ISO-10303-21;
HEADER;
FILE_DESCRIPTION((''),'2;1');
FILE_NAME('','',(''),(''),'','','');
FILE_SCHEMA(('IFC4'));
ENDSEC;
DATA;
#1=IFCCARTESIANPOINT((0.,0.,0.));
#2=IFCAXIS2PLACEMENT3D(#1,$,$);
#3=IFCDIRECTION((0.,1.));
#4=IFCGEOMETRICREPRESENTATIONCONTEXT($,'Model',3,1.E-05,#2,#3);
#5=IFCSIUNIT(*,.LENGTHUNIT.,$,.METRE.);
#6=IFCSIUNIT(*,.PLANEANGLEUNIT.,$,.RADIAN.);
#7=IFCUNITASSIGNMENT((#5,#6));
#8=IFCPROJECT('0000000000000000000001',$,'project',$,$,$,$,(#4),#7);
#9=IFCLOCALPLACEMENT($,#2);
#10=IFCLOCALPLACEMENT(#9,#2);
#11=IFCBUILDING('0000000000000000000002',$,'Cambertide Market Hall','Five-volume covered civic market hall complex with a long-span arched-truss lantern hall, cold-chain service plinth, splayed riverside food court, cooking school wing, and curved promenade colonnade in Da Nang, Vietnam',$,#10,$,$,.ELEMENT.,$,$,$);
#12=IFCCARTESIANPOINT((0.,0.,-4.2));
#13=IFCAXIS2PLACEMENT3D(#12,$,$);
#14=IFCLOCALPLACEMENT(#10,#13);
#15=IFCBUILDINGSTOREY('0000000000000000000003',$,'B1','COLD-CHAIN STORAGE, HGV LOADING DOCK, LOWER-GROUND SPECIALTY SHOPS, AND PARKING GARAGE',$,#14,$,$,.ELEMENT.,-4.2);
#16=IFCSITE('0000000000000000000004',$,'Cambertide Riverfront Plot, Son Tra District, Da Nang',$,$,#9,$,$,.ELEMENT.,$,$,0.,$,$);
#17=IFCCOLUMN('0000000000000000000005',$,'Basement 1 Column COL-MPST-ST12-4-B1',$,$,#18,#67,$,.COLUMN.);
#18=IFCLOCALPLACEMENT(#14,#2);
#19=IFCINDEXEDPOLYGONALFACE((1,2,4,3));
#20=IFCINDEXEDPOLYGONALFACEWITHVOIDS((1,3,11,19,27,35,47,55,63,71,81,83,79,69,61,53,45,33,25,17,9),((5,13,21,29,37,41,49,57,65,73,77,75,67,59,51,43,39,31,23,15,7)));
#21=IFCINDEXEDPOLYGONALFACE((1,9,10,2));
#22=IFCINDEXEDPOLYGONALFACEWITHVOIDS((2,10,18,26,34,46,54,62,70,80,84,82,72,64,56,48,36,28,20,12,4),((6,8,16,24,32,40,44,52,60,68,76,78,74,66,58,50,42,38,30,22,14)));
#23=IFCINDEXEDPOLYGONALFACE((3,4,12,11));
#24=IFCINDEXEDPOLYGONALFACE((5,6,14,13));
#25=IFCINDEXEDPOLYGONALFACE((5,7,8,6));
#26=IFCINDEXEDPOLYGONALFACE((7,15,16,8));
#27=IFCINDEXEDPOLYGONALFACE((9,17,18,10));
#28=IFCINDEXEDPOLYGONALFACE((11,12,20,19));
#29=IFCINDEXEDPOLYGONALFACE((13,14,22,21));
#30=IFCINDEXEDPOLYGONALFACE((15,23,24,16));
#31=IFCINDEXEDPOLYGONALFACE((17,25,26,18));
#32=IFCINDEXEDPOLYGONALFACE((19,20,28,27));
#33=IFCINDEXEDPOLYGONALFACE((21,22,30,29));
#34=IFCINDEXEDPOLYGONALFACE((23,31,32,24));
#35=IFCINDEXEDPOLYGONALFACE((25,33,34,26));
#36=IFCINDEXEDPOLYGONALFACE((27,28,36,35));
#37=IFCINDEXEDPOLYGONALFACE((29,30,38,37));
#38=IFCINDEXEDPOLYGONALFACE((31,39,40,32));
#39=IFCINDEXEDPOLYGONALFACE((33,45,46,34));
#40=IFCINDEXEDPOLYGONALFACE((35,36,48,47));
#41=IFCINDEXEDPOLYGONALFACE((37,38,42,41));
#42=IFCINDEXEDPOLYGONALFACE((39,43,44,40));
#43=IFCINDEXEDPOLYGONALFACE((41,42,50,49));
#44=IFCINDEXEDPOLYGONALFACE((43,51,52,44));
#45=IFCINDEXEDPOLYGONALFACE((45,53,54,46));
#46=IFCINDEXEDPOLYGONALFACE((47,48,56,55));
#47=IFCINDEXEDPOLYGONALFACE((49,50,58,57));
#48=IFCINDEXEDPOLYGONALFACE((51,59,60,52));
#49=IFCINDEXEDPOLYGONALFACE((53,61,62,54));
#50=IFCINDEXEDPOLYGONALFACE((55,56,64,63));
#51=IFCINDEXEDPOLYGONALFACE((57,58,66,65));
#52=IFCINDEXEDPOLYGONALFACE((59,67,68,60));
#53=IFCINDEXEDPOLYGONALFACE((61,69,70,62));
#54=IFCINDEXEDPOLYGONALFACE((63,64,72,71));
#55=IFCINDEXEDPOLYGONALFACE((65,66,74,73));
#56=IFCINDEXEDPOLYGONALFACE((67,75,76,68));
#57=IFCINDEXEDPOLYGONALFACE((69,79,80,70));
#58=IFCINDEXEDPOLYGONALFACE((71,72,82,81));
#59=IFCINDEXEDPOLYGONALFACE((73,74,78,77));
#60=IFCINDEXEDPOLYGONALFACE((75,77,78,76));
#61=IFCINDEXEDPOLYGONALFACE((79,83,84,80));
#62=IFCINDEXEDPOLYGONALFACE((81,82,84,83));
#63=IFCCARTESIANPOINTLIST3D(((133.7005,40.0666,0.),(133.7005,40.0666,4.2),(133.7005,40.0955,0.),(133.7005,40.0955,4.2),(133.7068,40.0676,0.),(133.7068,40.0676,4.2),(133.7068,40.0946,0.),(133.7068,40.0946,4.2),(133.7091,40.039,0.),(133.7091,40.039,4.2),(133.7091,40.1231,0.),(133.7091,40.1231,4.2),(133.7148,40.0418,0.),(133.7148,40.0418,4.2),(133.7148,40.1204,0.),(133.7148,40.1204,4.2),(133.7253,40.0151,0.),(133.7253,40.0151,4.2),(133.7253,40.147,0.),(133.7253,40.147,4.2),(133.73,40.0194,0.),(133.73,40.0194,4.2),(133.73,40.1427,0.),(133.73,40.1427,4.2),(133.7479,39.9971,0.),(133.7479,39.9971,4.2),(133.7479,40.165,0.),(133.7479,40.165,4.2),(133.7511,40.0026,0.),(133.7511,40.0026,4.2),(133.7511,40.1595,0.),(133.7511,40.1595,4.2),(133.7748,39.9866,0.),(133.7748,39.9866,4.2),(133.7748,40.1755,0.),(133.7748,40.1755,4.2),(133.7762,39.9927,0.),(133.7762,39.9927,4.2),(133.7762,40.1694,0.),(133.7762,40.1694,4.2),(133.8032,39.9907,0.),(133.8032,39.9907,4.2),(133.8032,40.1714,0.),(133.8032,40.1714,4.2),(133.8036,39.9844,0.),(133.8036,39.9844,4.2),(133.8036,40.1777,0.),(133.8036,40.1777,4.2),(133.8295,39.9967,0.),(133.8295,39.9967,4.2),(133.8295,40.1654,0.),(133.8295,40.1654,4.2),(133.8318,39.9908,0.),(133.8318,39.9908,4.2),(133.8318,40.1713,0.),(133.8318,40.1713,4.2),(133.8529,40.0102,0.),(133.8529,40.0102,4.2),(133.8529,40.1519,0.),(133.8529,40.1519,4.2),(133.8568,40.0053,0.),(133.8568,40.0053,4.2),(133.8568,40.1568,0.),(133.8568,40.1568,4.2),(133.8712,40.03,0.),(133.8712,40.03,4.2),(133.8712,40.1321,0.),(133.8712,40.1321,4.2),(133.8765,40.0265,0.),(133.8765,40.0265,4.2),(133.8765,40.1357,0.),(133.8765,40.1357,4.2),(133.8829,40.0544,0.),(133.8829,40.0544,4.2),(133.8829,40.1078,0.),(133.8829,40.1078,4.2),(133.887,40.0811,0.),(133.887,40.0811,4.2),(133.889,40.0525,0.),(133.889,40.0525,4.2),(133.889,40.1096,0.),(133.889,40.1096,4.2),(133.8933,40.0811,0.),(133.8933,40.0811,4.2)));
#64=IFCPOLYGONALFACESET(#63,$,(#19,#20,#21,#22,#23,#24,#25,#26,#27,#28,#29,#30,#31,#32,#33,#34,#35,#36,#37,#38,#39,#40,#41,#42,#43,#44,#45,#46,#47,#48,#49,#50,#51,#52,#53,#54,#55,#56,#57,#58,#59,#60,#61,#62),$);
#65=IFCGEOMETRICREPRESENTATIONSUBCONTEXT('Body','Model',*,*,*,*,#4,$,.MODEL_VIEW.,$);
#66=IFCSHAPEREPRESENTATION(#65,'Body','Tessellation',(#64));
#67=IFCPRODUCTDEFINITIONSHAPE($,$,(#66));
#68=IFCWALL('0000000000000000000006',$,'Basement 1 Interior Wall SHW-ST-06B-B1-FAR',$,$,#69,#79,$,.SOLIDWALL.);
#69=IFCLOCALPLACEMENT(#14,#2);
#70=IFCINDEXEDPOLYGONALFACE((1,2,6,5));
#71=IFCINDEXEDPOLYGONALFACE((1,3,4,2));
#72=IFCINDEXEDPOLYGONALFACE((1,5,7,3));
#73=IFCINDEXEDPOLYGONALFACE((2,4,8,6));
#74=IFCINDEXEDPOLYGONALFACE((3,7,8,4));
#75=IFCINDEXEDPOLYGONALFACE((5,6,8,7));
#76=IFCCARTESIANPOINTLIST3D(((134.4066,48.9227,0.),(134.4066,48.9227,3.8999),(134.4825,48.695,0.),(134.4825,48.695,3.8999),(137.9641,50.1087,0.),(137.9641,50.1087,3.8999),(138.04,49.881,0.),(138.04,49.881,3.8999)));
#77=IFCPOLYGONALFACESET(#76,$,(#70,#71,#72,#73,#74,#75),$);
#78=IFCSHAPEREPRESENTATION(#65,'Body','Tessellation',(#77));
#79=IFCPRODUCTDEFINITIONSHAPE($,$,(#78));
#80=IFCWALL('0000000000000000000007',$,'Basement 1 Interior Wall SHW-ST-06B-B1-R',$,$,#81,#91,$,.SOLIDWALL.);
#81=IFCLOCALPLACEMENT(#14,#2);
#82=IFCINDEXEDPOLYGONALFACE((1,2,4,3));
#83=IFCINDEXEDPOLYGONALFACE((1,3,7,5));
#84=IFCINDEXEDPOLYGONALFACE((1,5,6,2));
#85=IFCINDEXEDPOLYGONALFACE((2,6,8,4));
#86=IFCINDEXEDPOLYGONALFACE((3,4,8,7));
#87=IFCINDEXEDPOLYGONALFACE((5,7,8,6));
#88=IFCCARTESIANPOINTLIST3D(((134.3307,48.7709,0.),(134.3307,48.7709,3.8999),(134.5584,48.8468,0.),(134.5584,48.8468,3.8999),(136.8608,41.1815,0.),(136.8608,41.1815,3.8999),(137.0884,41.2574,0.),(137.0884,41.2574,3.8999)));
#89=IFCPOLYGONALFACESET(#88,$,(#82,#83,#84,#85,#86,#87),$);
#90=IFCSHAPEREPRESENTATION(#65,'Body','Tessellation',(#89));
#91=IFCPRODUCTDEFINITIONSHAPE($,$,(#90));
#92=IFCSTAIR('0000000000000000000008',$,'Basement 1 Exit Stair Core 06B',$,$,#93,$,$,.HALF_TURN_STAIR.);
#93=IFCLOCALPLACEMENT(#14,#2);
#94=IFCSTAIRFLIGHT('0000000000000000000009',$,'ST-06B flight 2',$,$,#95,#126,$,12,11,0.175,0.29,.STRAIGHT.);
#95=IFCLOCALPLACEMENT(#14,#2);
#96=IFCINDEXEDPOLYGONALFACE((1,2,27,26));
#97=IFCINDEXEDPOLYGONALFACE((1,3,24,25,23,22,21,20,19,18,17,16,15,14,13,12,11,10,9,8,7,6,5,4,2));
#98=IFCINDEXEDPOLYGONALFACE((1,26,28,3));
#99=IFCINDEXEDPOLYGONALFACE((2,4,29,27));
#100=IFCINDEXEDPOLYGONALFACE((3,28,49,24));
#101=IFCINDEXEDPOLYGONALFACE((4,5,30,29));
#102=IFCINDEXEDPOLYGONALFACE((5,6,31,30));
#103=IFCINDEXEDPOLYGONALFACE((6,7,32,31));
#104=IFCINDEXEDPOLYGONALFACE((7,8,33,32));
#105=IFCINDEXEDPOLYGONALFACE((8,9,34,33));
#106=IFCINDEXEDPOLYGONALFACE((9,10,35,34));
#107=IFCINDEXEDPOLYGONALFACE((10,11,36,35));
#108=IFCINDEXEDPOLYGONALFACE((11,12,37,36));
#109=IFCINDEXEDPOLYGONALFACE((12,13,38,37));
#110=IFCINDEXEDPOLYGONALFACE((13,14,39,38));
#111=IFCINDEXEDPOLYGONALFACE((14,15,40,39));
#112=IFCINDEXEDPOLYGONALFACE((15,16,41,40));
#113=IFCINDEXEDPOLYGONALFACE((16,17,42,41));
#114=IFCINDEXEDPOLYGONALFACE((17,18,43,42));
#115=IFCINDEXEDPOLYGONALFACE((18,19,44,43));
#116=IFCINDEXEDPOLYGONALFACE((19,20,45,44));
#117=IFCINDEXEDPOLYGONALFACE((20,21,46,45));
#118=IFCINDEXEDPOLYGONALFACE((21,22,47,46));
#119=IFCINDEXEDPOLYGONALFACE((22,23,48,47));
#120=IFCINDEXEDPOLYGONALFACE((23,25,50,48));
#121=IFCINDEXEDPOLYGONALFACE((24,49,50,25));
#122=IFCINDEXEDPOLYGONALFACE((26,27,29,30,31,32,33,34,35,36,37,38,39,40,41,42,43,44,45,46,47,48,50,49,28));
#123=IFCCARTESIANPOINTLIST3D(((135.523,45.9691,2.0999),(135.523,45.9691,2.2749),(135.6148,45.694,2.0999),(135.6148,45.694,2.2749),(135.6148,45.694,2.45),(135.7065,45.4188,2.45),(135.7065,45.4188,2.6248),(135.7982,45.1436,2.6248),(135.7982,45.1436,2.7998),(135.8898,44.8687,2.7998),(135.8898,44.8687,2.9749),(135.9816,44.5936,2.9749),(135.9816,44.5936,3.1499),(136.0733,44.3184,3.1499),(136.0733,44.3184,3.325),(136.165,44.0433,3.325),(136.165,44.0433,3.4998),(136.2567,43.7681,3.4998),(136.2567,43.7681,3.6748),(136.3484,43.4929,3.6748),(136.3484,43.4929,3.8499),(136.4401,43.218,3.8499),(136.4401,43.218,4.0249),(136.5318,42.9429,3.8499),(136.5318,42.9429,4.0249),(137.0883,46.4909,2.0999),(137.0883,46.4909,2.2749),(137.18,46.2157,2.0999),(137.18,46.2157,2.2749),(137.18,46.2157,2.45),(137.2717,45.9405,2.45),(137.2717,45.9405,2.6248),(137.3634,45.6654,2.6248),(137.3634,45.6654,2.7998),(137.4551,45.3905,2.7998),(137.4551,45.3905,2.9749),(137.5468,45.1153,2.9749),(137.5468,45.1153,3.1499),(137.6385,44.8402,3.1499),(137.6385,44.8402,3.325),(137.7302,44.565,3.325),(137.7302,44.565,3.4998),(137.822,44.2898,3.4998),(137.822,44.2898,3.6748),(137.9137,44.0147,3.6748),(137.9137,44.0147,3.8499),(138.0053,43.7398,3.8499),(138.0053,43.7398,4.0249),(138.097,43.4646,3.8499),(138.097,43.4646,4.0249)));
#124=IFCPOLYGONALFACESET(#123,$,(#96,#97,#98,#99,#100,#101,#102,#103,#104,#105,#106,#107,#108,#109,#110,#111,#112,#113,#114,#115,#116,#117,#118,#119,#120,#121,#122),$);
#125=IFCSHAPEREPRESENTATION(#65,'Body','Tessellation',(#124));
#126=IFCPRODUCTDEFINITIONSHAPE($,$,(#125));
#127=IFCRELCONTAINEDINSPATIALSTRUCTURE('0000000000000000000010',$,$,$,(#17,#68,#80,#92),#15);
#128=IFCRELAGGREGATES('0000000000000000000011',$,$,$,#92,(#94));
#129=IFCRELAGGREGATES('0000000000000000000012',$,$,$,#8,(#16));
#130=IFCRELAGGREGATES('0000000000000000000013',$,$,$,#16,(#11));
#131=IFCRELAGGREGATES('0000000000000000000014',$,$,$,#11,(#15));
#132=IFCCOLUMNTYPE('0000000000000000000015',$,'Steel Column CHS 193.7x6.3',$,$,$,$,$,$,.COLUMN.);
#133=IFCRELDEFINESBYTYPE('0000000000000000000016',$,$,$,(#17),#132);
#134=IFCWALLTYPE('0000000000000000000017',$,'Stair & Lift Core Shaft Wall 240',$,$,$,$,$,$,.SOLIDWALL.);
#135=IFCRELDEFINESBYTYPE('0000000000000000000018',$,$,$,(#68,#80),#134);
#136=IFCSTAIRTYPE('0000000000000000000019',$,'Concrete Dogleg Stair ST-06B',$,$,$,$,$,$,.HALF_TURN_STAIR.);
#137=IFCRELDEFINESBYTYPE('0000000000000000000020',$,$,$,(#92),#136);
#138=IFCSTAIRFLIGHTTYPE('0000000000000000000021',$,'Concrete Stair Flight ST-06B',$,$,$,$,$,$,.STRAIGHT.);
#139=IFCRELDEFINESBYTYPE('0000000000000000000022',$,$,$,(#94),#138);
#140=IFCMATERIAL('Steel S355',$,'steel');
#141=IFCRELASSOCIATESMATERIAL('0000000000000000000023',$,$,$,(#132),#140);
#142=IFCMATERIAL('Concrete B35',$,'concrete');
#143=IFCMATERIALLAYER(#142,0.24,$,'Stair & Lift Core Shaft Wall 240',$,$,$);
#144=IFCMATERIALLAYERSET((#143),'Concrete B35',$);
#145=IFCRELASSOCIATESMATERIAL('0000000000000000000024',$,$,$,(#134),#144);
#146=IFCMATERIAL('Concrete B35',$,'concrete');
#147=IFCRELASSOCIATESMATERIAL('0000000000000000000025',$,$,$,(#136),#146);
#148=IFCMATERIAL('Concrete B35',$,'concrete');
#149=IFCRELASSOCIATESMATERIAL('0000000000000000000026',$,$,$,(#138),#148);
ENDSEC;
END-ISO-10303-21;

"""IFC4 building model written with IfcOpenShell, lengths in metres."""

from ifc_helpers import new_model, si_unit, direction, frame, frame_2d, origin, origin_2d, place, context, subcontext, project, spatial, polyline, rectangle, hollow_circle, outline, extrude, material, layer, layer_set, material_profile, profile_set, type_object, element, aggregate, save


model = new_model("IFC4")

# Units and contexts
model_context = context("Model", 3, precision=1e-05, world=origin(), true_north=direction((0.0, 1.0)))
body_context = subcontext(model_context, "Body", "Model", "MODEL_VIEW")
ifc_project = project(units=[si_unit("LENGTHUNIT", "METRE"), si_unit("PLANEANGLEUNIT", "RADIAN")], contexts=[model_context])

# Site, building, storey
site_placement = place(None, origin())
site = spatial("IfcSite", under=ifc_project, at=site_placement, Name="Cambertide Riverfront Plot, Son Tra District, Da Nang", CompositionType="ELEMENT", RefElevation=0.0)
building_placement = place(site_placement, origin())
building = spatial("IfcBuilding", under=site, at=building_placement, Name="Cambertide Market Hall", Description="Five-volume covered civic market hall complex with a long-span arched-truss lantern hall, cold-chain service plinth, splayed riverside food court, cooking school wing, and curved promenade colonnade in Da Nang, Vietnam", CompositionType="ELEMENT")
storey_placement = place(building_placement, frame((0.0, 0.0, -4.2)))
storey = spatial("IfcBuildingStorey", under=building, at=storey_placement, Name="B1", Description="COLD-CHAIN STORAGE, HGV LOADING DOCK, LOWER-GROUND SPECIALTY SHOPS, AND PARKING GARAGE", CompositionType="ELEMENT", Elevation=-4.2)

# Column
ifc_material_1 = material(Name="Steel S355", Category="steel")
ifc_material_profile_1 = material_profile(ifc_material_1, hollow_circle(Radius=0.0969, WallThickness=0.0063, at=origin_2d()), Name="CHS 193.7x6.3")
ifc_profile_set_1 = profile_set([ifc_material_profile_1], Name="Steel S355")
column_type_1 = type_object("IfcColumnType", Name="Steel Column CHS 193.7x6.3", PredefinedType="COLUMN", material=ifc_profile_set_1)
for number, where, z_axis, x_axis, name in (
    (1, (133.7964, 40.0811, 0.0), (0.0, 0.0, 1.0), (1.0, 0.0, 0.0), "Basement 1 Column COL-MPST-ST12-4-B1"),
):
    element("IfcColumn", number, at=place(storey_placement, frame(where, z_axis=z_axis, x_axis=x_axis)), inside=storey, type_object=column_type_1, Name=name, PredefinedType="COLUMN", context=body_context, shape_type="SweptSolid", body=[
        extrude(hollow_circle(Radius=0.0969, WallThickness=0.0063, at=origin_2d()), origin(), (0.0, 0.0, 1.0), 4.2),
    ])

# Walls
ifc_material_2 = material(Name="Concrete B35", Category="concrete")
ifc_layer = layer(ifc_material_2, 0.24, Name="Stair & Lift Core Shaft Wall 240")
ifc_layer_set = layer_set([ifc_layer], Name="Concrete B35")
wall_type = type_object("IfcWallType", Name="Stair & Lift Core Shaft Wall 240", PredefinedType="SOLIDWALL", material=ifc_layer_set)
wall_1_placement = place(storey_placement, frame((134.4446, 48.8088, 0.0), z_axis=(0.0, 0.0, 1.0), x_axis=(0.94867, 0.316267, 0.0)))
element("IfcWall", 2, at=wall_1_placement, inside=storey, type_object=wall_type, Name="Basement 1 Interior Wall SHW-ST-06B-B1-FAR", PredefinedType="SOLIDWALL", context=body_context, shape_type="SweptSolid", body=[
    extrude(rectangle(XDim=3.75, YDim=0.24, at=frame_2d((1.875, 0.0))), origin(), (0.0, 0.0, 1.0), 3.8999),
])
wall_2_placement = place(storey_placement, frame((136.9746, 41.2195, 0.0), z_axis=(0.0, 0.0, 1.0), x_axis=(-0.316255, 0.948674, 0.0)))
element("IfcWall", 3, at=wall_2_placement, inside=storey, type_object=wall_type, Name="Basement 1 Interior Wall SHW-ST-06B-B1-R", PredefinedType="SOLIDWALL", context=body_context, shape_type="SweptSolid", body=[
    extrude(rectangle(XDim=8.0, YDim=0.24, at=frame_2d((4.0, 0.0))), origin(), (0.0, 0.0, 1.0), 3.8999),
])

# Stair, stair flight
ifc_material_3 = material(Name="Concrete B35", Category="concrete")
stair_type = type_object("IfcStairType", Name="Concrete Dogleg Stair ST-06B", PredefinedType="HALF_TURN_STAIR", material=ifc_material_3)
stair_placement = place(storey_placement, origin())
stair = element("IfcStair", 4, at=stair_placement, inside=storey, type_object=stair_type, Name="Basement 1 Exit Stair Core 06B", PredefinedType="HALF_TURN_STAIR")
ifc_material_4 = material(Name="Concrete B35", Category="concrete")
stair_flight_type = type_object("IfcStairFlightType", Name="Concrete Stair Flight ST-06B", PredefinedType="STRAIGHT", material=ifc_material_4)
stair_flight_placement = place(storey_placement, frame((136.3057, 46.23, 2.0999), z_axis=(0.0, 0.0, 1.0), x_axis=(0.316228, -0.948683, 0.0)))
stair_flight = element("IfcStairFlight", 5, at=stair_flight_placement, type_object=stair_flight_type, Name="ST-06B flight 2", NumberOfRisers=12, NumberOfTreads=11, PredefinedType="STRAIGHT", RiserHeight=0.175, TreadLength=0.29, context=body_context, shape_type="SweptSolid", body=[
    extrude(outline(polyline([(0.0, 0.0), (0.0, 0.175), (0.29, 0.175), (0.29, 0.3501), (0.5801, 0.3501), (0.5801, 0.5249), (0.8701, 0.5249), (0.8701, 0.7), (1.1599, 0.7), (1.1599, 0.875), (1.45, 0.875), (1.45, 1.05), (1.74, 1.05), (1.74, 1.2251), (2.03, 1.2251), (2.03, 1.3999), (2.3201, 1.3999), (2.3201, 1.575), (2.6101, 1.575), (2.6101, 1.75), (2.8999, 1.75), (2.8999, 1.925), (3.1899, 1.925), (3.1899, 2.1001), (3.1899, 1.75), (0.29, 0.0), (0.0, 0.0)])), frame((0.0, 0.825, 0.0), z_axis=(0.0, -1.0, 0.0), x_axis=(1.0, 0.0, 0.0)), (0.0, 0.0, 1.0), 1.6499),
])
aggregate(stair, [stair_flight])

save(model, "model.ifc")
